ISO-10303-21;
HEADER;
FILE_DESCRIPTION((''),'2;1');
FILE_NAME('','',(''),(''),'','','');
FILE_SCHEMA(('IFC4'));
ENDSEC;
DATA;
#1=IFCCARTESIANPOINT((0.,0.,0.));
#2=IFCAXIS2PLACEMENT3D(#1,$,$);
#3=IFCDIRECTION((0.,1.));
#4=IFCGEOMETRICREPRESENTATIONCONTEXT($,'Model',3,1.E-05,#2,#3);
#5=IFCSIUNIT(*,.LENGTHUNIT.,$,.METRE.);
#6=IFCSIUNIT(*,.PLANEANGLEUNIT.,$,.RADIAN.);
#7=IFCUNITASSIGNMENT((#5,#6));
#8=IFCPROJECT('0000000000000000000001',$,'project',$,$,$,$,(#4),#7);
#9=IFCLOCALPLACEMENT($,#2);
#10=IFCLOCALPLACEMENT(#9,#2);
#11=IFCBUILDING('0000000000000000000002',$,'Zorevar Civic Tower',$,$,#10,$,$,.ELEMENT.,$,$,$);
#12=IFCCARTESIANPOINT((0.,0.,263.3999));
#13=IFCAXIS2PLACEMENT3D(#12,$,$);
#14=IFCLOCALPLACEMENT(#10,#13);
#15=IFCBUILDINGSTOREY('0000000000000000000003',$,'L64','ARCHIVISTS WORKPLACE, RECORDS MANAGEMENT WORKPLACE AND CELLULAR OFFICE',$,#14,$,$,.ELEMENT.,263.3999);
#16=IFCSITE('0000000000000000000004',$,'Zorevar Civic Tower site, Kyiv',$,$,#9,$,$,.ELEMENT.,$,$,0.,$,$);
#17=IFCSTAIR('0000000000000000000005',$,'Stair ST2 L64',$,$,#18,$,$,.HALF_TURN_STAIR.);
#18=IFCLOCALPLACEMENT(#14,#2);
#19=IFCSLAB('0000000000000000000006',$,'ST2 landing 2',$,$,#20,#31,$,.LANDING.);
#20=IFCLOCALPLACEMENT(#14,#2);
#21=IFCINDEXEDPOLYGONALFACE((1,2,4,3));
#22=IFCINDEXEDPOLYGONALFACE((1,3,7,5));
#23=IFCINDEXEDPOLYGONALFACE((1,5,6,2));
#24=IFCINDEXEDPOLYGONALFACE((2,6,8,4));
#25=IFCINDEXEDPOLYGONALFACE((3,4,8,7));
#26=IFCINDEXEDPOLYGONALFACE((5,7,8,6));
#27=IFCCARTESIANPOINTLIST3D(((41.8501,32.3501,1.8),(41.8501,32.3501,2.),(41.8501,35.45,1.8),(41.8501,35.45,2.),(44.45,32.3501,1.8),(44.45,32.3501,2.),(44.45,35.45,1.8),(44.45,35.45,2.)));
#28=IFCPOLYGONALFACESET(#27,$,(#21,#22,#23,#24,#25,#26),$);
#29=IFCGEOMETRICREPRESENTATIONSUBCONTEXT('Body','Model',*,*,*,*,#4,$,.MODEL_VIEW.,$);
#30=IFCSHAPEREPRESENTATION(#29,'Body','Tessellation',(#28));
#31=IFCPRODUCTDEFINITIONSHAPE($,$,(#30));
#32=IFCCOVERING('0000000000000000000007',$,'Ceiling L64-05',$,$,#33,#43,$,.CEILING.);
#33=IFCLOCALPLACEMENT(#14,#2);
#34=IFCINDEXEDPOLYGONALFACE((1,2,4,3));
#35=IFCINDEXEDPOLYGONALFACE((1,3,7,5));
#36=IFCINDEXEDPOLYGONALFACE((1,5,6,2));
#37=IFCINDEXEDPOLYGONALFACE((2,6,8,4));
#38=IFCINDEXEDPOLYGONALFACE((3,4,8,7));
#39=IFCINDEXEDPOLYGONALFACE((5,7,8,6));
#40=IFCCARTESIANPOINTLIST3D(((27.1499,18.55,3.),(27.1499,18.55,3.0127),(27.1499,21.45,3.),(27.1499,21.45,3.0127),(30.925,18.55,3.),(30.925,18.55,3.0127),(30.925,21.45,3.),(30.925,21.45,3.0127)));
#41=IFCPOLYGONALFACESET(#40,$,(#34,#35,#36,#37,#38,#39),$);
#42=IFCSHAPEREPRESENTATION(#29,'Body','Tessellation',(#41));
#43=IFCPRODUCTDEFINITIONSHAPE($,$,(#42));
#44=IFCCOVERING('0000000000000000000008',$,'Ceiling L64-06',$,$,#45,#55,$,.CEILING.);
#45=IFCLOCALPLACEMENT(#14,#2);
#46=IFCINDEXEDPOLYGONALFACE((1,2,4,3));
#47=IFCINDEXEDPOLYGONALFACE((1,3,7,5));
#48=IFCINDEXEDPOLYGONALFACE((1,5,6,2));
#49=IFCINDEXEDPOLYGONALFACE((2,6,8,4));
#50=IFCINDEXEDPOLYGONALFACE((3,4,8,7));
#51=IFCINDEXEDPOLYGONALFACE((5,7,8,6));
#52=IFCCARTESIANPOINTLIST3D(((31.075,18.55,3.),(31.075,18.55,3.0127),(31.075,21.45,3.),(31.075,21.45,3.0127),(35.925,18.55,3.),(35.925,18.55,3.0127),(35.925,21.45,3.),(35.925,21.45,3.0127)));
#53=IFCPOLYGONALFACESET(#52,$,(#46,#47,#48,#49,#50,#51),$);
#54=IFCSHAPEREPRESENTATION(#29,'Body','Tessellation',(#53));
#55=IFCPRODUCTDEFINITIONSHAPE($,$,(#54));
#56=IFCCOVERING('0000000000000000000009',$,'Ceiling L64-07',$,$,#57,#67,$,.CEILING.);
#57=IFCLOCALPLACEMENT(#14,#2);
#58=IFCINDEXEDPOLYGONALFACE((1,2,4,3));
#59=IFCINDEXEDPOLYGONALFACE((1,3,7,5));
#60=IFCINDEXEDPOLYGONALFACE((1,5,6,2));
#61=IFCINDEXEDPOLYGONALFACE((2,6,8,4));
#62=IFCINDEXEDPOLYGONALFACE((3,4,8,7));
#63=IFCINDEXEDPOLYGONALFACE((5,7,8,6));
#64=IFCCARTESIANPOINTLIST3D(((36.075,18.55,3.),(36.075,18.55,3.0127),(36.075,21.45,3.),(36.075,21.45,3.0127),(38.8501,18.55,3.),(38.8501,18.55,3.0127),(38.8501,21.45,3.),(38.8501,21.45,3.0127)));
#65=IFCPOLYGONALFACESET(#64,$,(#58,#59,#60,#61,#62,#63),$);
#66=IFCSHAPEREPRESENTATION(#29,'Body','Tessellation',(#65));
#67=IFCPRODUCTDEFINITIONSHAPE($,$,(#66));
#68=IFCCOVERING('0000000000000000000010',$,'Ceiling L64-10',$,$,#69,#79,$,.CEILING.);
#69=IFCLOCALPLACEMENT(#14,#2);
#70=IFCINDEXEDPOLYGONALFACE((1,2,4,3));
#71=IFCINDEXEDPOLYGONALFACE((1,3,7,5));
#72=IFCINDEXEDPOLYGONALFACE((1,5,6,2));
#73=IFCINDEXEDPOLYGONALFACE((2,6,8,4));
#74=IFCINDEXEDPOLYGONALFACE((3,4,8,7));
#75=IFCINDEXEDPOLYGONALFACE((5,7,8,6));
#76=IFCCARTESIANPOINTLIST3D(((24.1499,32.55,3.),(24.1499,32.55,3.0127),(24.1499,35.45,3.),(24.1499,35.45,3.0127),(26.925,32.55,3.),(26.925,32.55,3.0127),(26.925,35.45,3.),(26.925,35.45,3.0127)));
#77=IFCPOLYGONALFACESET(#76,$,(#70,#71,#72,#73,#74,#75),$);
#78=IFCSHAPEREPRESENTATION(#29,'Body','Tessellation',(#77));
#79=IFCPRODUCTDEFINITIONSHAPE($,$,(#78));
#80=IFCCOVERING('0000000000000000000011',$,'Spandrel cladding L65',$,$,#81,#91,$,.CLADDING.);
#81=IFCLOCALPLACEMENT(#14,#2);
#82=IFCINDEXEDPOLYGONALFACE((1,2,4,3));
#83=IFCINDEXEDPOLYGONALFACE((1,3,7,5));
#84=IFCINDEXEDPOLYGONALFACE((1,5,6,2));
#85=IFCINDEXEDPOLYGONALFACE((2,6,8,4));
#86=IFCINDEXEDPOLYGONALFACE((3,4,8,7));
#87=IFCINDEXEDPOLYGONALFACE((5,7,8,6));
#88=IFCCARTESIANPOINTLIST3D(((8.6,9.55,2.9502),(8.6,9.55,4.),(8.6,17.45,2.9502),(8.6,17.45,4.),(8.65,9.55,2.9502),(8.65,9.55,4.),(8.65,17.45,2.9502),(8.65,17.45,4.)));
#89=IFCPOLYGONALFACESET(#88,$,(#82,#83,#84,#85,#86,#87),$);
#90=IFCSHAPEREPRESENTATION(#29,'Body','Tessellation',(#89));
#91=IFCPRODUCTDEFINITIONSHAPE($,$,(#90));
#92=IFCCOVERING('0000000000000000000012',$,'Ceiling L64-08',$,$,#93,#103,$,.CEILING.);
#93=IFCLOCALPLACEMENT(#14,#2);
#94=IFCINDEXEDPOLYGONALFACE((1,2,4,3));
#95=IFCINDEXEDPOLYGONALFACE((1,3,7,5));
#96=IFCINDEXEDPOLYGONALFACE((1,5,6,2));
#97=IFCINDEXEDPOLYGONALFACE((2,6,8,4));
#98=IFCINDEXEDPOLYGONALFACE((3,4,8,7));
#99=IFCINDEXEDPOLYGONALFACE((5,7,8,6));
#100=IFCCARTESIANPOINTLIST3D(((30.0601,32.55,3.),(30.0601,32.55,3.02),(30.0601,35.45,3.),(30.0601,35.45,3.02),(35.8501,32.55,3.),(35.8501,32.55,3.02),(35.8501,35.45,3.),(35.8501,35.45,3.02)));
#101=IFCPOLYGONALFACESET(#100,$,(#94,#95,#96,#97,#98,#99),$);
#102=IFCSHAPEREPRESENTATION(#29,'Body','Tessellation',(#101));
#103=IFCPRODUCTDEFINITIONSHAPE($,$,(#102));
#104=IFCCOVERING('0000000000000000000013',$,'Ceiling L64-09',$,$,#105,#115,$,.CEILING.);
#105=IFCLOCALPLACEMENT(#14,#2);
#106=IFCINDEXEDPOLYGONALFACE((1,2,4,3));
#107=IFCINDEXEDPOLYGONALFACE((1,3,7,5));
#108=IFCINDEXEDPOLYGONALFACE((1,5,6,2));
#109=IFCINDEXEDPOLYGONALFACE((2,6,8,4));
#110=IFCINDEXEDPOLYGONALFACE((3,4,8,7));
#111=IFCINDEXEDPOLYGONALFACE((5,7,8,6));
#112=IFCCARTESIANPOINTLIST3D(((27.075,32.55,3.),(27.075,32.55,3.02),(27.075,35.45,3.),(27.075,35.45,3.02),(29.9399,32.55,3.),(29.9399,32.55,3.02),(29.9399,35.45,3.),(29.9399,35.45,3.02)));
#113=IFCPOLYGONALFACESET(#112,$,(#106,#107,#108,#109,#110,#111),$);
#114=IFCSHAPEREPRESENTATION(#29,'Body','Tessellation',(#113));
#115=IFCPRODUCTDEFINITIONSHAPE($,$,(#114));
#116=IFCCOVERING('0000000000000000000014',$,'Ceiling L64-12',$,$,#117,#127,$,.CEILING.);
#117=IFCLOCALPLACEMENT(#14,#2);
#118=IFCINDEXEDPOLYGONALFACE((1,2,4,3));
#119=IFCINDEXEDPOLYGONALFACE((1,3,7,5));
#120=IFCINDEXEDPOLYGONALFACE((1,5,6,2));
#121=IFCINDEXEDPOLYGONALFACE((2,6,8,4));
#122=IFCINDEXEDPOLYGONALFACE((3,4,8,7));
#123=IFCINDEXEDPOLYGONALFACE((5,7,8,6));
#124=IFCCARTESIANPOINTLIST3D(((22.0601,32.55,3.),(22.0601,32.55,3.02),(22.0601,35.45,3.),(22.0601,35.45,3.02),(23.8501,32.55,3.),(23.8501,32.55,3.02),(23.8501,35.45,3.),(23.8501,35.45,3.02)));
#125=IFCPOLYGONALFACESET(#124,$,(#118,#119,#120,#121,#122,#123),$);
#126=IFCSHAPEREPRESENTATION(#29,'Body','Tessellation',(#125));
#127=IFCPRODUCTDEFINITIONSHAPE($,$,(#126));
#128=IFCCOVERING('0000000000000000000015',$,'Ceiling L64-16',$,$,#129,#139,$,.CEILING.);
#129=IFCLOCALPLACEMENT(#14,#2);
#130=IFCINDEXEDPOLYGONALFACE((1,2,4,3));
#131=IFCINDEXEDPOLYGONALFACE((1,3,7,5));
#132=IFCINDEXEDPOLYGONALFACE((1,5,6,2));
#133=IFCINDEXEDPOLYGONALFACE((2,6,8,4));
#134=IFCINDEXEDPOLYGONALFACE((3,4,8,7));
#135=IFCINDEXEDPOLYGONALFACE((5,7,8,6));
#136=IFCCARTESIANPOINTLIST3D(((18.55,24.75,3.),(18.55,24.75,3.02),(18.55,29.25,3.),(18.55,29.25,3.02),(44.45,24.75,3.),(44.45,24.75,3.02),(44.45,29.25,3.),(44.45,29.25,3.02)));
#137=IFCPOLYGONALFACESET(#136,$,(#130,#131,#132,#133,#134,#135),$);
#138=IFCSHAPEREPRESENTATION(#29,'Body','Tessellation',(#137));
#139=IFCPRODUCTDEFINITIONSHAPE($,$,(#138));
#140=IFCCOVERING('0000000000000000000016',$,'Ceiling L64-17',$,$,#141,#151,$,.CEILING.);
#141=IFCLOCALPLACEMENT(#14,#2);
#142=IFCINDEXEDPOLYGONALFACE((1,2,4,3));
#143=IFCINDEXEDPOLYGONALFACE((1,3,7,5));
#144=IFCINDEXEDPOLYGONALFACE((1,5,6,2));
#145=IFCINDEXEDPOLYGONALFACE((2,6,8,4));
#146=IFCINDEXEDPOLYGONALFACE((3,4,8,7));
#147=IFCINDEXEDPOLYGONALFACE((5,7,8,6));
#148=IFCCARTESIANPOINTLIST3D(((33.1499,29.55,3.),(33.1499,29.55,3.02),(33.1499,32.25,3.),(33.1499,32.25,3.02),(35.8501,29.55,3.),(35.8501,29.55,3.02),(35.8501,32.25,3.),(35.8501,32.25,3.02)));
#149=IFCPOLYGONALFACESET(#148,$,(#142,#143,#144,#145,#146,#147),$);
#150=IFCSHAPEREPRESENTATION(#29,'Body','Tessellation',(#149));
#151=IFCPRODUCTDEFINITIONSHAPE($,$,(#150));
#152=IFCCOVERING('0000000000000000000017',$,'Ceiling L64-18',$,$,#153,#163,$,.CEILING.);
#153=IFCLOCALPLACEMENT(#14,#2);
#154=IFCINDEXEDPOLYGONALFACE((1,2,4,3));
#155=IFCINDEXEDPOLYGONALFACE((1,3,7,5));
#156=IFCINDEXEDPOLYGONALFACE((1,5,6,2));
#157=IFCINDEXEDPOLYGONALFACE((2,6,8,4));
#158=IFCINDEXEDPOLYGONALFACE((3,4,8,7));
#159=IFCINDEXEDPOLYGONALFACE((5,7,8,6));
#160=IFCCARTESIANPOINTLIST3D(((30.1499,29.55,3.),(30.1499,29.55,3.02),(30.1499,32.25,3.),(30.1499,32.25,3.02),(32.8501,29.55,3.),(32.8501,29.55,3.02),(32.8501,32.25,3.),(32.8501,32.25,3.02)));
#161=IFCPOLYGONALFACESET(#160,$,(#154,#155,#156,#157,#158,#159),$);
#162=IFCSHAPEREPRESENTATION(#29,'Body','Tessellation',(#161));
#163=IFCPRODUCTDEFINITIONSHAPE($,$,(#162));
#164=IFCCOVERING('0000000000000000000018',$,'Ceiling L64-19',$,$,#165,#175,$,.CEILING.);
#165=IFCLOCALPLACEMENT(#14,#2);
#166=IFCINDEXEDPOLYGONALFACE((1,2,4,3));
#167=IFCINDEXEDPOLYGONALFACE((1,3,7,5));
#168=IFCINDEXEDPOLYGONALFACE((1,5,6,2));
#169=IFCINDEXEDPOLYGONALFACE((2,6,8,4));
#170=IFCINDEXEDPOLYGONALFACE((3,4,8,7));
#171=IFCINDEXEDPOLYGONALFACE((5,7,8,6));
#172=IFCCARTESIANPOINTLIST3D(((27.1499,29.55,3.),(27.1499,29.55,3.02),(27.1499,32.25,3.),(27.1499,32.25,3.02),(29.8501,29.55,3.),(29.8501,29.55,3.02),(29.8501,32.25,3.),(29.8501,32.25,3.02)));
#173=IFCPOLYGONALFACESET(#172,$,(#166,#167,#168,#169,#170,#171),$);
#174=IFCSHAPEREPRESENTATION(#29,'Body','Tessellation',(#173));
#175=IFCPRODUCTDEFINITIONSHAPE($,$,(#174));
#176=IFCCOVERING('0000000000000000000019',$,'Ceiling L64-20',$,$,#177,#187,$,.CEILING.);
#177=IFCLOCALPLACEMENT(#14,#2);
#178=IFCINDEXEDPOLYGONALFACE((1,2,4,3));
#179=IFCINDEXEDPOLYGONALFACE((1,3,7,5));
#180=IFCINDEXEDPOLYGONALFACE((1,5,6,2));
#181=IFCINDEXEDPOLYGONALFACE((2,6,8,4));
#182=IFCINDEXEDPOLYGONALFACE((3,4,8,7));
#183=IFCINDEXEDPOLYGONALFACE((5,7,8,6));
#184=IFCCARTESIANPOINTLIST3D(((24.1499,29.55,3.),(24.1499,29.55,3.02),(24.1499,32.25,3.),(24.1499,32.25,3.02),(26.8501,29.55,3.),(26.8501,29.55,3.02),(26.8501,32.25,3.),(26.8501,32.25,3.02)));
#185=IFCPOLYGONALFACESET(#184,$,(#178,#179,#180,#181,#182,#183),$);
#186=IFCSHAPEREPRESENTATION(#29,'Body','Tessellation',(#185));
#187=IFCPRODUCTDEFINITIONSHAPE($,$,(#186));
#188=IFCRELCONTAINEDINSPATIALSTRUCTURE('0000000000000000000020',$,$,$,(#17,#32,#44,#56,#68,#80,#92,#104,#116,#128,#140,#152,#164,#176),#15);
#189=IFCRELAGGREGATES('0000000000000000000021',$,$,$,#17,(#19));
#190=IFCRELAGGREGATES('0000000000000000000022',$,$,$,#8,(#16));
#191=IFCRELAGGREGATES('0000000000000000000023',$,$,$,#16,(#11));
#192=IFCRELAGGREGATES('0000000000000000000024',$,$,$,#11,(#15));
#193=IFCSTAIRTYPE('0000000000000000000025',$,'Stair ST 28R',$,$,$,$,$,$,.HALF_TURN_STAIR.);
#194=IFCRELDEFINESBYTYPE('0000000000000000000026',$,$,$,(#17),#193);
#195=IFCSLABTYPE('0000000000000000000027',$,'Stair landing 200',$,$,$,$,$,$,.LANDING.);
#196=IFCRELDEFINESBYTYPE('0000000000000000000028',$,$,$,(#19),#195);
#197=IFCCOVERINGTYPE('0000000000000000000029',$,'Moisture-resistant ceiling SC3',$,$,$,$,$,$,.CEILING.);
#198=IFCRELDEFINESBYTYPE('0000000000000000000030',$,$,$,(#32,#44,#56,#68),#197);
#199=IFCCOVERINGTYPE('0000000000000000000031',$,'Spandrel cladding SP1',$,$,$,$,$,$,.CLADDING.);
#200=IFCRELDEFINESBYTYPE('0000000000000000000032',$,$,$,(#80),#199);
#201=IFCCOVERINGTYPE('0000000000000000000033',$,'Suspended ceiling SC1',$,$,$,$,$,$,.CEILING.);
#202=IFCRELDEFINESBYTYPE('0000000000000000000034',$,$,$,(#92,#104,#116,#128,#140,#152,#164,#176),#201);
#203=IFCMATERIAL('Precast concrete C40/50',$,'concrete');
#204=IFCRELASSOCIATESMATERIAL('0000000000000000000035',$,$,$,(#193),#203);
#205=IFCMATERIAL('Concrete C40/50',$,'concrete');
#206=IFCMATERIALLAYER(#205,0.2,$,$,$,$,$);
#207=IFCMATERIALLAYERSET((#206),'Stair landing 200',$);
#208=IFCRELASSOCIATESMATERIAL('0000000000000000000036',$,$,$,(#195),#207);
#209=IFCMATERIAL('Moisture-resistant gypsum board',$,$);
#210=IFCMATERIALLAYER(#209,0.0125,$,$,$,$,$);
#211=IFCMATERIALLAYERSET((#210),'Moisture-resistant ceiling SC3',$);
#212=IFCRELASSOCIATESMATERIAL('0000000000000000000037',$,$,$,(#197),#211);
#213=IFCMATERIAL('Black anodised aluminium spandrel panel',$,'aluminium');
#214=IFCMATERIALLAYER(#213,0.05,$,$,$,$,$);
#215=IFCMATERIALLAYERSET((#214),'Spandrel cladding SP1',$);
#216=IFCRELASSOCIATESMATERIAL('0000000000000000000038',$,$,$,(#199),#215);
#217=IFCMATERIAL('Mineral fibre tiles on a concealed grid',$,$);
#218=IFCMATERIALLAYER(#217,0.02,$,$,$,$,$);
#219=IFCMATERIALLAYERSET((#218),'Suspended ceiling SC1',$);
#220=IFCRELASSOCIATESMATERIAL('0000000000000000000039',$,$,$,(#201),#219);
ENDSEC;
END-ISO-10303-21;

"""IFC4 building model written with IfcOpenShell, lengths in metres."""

from ifc_helpers import new_model, si_unit, direction, frame, frame_2d, origin, place, context, subcontext, project, spatial, polyline, rectangle, outline, extrude, material, layer, layer_set, type_object, element, aggregate, save


model = new_model("IFC4")

# Units and contexts
model_context = context("Model", 3, precision=1e-05, world=origin(), true_north=direction((0.0, 1.0)))
body_context = subcontext(model_context, "Body", "Model", "MODEL_VIEW")
ifc_project = project(units=[si_unit("LENGTHUNIT", "METRE"), si_unit("PLANEANGLEUNIT", "RADIAN")], contexts=[model_context])

# Site, building, storey
site_placement = place(None, origin())
site = spatial("IfcSite", under=ifc_project, at=site_placement, Name="Zorevar Civic Tower site, Kyiv", CompositionType="ELEMENT", RefElevation=0.0)
building_placement = place(site_placement, origin())
building = spatial("IfcBuilding", under=site, at=building_placement, Name="Zorevar Civic Tower", CompositionType="ELEMENT")
storey_placement = place(building_placement, frame((0.0, 0.0, 263.3999)))
storey = spatial("IfcBuildingStorey", under=building, at=storey_placement, Name="L64", Description="ARCHIVISTS WORKPLACE, RECORDS MANAGEMENT WORKPLACE AND CELLULAR OFFICE", CompositionType="ELEMENT", Elevation=263.3999)

# Stair, slab
ifc_material_1 = material(Name="Precast concrete C40/50", Category="concrete")
stair_type = type_object("IfcStairType", Name="Stair ST 28R", PredefinedType="HALF_TURN_STAIR", material=ifc_material_1)
ifc_material_2 = material(Name="Concrete C40/50", Category="concrete")
ifc_layer_1 = layer(ifc_material_2, 0.2)
ifc_layer_set_1 = layer_set([ifc_layer_1], Name="Stair landing 200")
slab_type_1 = type_object("IfcSlabType", Name="Stair landing 200", PredefinedType="LANDING", material=ifc_layer_set_1)
stair_1_placement = place(storey_placement, origin())
stair_1 = element("IfcStair", 1, at=stair_1_placement, inside=storey, type_object=stair_type, Name="Stair ST2 L64", PredefinedType="HALF_TURN_STAIR")
slab_1_placement = place(storey_placement, frame((0.0, 0.0, 1.8)))
slab_1 = element("IfcSlab", 2, at=slab_1_placement, type_object=slab_type_1, Name="ST2 landing 2", PredefinedType="LANDING", context=body_context, shape_type="SweptSolid", body=[
    extrude(outline(polyline([(44.45, 32.3501), (41.8501, 32.3501), (41.8501, 35.45), (44.45, 35.45), (44.45, 32.3501)])), origin(), (0.0, 0.0, 1.0), 0.2),
])
aggregate(stair_1, [slab_1])

# Coverings
ifc_material_3 = material(Name="Moisture-resistant gypsum board")
ifc_layer_2 = layer(ifc_material_3, 0.0125)
ifc_layer_set_2 = layer_set([ifc_layer_2], Name="Moisture-resistant ceiling SC3")
covering_type_1 = type_object("IfcCoveringType", Name="Moisture-resistant ceiling SC3", PredefinedType="CEILING", material=ifc_layer_set_2)
covering_1_placement = place(storey_placement, frame((0.0, 0.0, 3.0)))
element("IfcCovering", 3, at=covering_1_placement, inside=storey, type_object=covering_type_1, Name="Ceiling L64-05", PredefinedType="CEILING", context=body_context, shape_type="SweptSolid", body=[
    extrude(outline(polyline([(30.925, 18.55), (30.925, 21.45), (27.1499, 21.45), (27.1499, 18.55), (30.925, 18.55)])), origin(), (0.0, 0.0, 1.0), 0.0127),
])
covering_2_placement = place(storey_placement, frame((0.0, 0.0, 3.0)))
element("IfcCovering", 4, at=covering_2_placement, inside=storey, type_object=covering_type_1, Name="Ceiling L64-06", PredefinedType="CEILING", context=body_context, shape_type="SweptSolid", body=[
    extrude(outline(polyline([(35.925, 18.55), (35.925, 21.45), (31.075, 21.45), (31.075, 18.55), (35.925, 18.55)])), origin(), (0.0, 0.0, 1.0), 0.0127),
])
covering_3_placement = place(storey_placement, frame((0.0, 0.0, 3.0)))
element("IfcCovering", 5, at=covering_3_placement, inside=storey, type_object=covering_type_1, Name="Ceiling L64-07", PredefinedType="CEILING", context=body_context, shape_type="SweptSolid", body=[
    extrude(outline(polyline([(38.8501, 18.55), (38.8501, 21.45), (36.075, 21.45), (36.075, 18.55), (38.8501, 18.55)])), origin(), (0.0, 0.0, 1.0), 0.0127),
])
covering_4_placement = place(storey_placement, frame((0.0, 0.0, 3.0)))
element("IfcCovering", 6, at=covering_4_placement, inside=storey, type_object=covering_type_1, Name="Ceiling L64-10", PredefinedType="CEILING", context=body_context, shape_type="SweptSolid", body=[
    extrude(outline(polyline([(26.925, 32.55), (26.925, 35.45), (24.1499, 35.45), (24.1499, 32.55), (26.925, 32.55)])), origin(), (0.0, 0.0, 1.0), 0.0127),
])
ifc_material_4 = material(Name="Black anodised aluminium spandrel panel", Category="aluminium")
ifc_layer_3 = layer(ifc_material_4, 0.05)
ifc_layer_set_3 = layer_set([ifc_layer_3], Name="Spandrel cladding SP1")
covering_type_2 = type_object("IfcCoveringType", Name="Spandrel cladding SP1", PredefinedType="CLADDING", material=ifc_layer_set_3)
covering_5_placement = place(storey_placement, frame((8.625, 9.55, 2.9502), z_axis=(0.0, 0.0, 1.0), x_axis=(0.0, 1.0, 0.0)))
element("IfcCovering", 7, at=covering_5_placement, inside=storey, type_object=covering_type_2, Name="Spandrel cladding L65", PredefinedType="CLADDING", context=body_context, shape_type="SweptSolid", body=[
    extrude(rectangle(XDim=7.8999, YDim=0.05, at=frame_2d((3.95, 0.0))), origin(), (0.0, 0.0, 1.0), 1.0498),
])
ifc_material_5 = material(Name="Mineral fibre tiles on a concealed grid")
ifc_layer_4 = layer(ifc_material_5, 0.02)
ifc_layer_set_4 = layer_set([ifc_layer_4], Name="Suspended ceiling SC1")
covering_type_3 = type_object("IfcCoveringType", Name="Suspended ceiling SC1", PredefinedType="CEILING", material=ifc_layer_set_4)
covering_6_placement = place(storey_placement, frame((0.0, 0.0, 3.0)))
element("IfcCovering", 8, at=covering_6_placement, inside=storey, type_object=covering_type_3, Name="Ceiling L64-08", PredefinedType="CEILING", context=body_context, shape_type="SweptSolid", body=[
    extrude(outline(polyline([(35.8501, 32.55), (35.8501, 35.45), (30.0601, 35.45), (30.0601, 32.55), (35.8501, 32.55)])), origin(), (0.0, 0.0, 1.0), 0.02),
])
covering_7_placement = place(storey_placement, frame((0.0, 0.0, 3.0)))
element("IfcCovering", 9, at=covering_7_placement, inside=storey, type_object=covering_type_3, Name="Ceiling L64-09", PredefinedType="CEILING", context=body_context, shape_type="SweptSolid", body=[
    extrude(outline(polyline([(29.9399, 32.55), (29.9399, 35.45), (27.075, 35.45), (27.075, 32.55), (29.9399, 32.55)])), origin(), (0.0, 0.0, 1.0), 0.02),
])
covering_8_placement = place(storey_placement, frame((0.0, 0.0, 3.0)))
element("IfcCovering", 10, at=covering_8_placement, inside=storey, type_object=covering_type_3, Name="Ceiling L64-12", PredefinedType="CEILING", context=body_context, shape_type="SweptSolid", body=[
    extrude(outline(polyline([(23.8501, 32.55), (23.8501, 35.45), (22.0601, 35.45), (22.0601, 32.55), (23.8501, 32.55)])), origin(), (0.0, 0.0, 1.0), 0.02),
])
covering_9_placement = place(storey_placement, frame((0.0, 0.0, 3.0)))
element("IfcCovering", 11, at=covering_9_placement, inside=storey, type_object=covering_type_3, Name="Ceiling L64-16", PredefinedType="CEILING", context=body_context, shape_type="SweptSolid", body=[
    extrude(outline(polyline([(44.45, 24.75), (44.45, 29.25), (18.55, 29.25), (18.55, 24.75), (44.45, 24.75)])), origin(), (0.0, 0.0, 1.0), 0.02),
])
covering_10_placement = place(storey_placement, frame((0.0, 0.0, 3.0)))
element("IfcCovering", 12, at=covering_10_placement, inside=storey, type_object=covering_type_3, Name="Ceiling L64-17", PredefinedType="CEILING", context=body_context, shape_type="SweptSolid", body=[
    extrude(outline(polyline([(35.8501, 29.55), (35.8501, 32.25), (33.1499, 32.25), (33.1499, 29.55), (35.8501, 29.55)])), origin(), (0.0, 0.0, 1.0), 0.02),
])
covering_11_placement = place(storey_placement, frame((0.0, 0.0, 3.0)))
element("IfcCovering", 13, at=covering_11_placement, inside=storey, type_object=covering_type_3, Name="Ceiling L64-18", PredefinedType="CEILING", context=body_context, shape_type="SweptSolid", body=[
    extrude(outline(polyline([(32.8501, 29.55), (32.8501, 32.25), (30.1499, 32.25), (30.1499, 29.55), (32.8501, 29.55)])), origin(), (0.0, 0.0, 1.0), 0.02),
])
covering_12_placement = place(storey_placement, frame((0.0, 0.0, 3.0)))
element("IfcCovering", 14, at=covering_12_placement, inside=storey, type_object=covering_type_3, Name="Ceiling L64-19", PredefinedType="CEILING", context=body_context, shape_type="SweptSolid", body=[
    extrude(outline(polyline([(29.8501, 29.55), (29.8501, 32.25), (27.1499, 32.25), (27.1499, 29.55), (29.8501, 29.55)])), origin(), (0.0, 0.0, 1.0), 0.02),
])
covering_13_placement = place(storey_placement, frame((0.0, 0.0, 3.0)))
element("IfcCovering", 15, at=covering_13_placement, inside=storey, type_object=covering_type_3, Name="Ceiling L64-20", PredefinedType="CEILING", context=body_context, shape_type="SweptSolid", body=[
    extrude(outline(polyline([(26.8501, 29.55), (26.8501, 32.25), (24.1499, 32.25), (24.1499, 29.55), (26.8501, 29.55)])), origin(), (0.0, 0.0, 1.0), 0.02),
])

save(model, "model.ifc")
